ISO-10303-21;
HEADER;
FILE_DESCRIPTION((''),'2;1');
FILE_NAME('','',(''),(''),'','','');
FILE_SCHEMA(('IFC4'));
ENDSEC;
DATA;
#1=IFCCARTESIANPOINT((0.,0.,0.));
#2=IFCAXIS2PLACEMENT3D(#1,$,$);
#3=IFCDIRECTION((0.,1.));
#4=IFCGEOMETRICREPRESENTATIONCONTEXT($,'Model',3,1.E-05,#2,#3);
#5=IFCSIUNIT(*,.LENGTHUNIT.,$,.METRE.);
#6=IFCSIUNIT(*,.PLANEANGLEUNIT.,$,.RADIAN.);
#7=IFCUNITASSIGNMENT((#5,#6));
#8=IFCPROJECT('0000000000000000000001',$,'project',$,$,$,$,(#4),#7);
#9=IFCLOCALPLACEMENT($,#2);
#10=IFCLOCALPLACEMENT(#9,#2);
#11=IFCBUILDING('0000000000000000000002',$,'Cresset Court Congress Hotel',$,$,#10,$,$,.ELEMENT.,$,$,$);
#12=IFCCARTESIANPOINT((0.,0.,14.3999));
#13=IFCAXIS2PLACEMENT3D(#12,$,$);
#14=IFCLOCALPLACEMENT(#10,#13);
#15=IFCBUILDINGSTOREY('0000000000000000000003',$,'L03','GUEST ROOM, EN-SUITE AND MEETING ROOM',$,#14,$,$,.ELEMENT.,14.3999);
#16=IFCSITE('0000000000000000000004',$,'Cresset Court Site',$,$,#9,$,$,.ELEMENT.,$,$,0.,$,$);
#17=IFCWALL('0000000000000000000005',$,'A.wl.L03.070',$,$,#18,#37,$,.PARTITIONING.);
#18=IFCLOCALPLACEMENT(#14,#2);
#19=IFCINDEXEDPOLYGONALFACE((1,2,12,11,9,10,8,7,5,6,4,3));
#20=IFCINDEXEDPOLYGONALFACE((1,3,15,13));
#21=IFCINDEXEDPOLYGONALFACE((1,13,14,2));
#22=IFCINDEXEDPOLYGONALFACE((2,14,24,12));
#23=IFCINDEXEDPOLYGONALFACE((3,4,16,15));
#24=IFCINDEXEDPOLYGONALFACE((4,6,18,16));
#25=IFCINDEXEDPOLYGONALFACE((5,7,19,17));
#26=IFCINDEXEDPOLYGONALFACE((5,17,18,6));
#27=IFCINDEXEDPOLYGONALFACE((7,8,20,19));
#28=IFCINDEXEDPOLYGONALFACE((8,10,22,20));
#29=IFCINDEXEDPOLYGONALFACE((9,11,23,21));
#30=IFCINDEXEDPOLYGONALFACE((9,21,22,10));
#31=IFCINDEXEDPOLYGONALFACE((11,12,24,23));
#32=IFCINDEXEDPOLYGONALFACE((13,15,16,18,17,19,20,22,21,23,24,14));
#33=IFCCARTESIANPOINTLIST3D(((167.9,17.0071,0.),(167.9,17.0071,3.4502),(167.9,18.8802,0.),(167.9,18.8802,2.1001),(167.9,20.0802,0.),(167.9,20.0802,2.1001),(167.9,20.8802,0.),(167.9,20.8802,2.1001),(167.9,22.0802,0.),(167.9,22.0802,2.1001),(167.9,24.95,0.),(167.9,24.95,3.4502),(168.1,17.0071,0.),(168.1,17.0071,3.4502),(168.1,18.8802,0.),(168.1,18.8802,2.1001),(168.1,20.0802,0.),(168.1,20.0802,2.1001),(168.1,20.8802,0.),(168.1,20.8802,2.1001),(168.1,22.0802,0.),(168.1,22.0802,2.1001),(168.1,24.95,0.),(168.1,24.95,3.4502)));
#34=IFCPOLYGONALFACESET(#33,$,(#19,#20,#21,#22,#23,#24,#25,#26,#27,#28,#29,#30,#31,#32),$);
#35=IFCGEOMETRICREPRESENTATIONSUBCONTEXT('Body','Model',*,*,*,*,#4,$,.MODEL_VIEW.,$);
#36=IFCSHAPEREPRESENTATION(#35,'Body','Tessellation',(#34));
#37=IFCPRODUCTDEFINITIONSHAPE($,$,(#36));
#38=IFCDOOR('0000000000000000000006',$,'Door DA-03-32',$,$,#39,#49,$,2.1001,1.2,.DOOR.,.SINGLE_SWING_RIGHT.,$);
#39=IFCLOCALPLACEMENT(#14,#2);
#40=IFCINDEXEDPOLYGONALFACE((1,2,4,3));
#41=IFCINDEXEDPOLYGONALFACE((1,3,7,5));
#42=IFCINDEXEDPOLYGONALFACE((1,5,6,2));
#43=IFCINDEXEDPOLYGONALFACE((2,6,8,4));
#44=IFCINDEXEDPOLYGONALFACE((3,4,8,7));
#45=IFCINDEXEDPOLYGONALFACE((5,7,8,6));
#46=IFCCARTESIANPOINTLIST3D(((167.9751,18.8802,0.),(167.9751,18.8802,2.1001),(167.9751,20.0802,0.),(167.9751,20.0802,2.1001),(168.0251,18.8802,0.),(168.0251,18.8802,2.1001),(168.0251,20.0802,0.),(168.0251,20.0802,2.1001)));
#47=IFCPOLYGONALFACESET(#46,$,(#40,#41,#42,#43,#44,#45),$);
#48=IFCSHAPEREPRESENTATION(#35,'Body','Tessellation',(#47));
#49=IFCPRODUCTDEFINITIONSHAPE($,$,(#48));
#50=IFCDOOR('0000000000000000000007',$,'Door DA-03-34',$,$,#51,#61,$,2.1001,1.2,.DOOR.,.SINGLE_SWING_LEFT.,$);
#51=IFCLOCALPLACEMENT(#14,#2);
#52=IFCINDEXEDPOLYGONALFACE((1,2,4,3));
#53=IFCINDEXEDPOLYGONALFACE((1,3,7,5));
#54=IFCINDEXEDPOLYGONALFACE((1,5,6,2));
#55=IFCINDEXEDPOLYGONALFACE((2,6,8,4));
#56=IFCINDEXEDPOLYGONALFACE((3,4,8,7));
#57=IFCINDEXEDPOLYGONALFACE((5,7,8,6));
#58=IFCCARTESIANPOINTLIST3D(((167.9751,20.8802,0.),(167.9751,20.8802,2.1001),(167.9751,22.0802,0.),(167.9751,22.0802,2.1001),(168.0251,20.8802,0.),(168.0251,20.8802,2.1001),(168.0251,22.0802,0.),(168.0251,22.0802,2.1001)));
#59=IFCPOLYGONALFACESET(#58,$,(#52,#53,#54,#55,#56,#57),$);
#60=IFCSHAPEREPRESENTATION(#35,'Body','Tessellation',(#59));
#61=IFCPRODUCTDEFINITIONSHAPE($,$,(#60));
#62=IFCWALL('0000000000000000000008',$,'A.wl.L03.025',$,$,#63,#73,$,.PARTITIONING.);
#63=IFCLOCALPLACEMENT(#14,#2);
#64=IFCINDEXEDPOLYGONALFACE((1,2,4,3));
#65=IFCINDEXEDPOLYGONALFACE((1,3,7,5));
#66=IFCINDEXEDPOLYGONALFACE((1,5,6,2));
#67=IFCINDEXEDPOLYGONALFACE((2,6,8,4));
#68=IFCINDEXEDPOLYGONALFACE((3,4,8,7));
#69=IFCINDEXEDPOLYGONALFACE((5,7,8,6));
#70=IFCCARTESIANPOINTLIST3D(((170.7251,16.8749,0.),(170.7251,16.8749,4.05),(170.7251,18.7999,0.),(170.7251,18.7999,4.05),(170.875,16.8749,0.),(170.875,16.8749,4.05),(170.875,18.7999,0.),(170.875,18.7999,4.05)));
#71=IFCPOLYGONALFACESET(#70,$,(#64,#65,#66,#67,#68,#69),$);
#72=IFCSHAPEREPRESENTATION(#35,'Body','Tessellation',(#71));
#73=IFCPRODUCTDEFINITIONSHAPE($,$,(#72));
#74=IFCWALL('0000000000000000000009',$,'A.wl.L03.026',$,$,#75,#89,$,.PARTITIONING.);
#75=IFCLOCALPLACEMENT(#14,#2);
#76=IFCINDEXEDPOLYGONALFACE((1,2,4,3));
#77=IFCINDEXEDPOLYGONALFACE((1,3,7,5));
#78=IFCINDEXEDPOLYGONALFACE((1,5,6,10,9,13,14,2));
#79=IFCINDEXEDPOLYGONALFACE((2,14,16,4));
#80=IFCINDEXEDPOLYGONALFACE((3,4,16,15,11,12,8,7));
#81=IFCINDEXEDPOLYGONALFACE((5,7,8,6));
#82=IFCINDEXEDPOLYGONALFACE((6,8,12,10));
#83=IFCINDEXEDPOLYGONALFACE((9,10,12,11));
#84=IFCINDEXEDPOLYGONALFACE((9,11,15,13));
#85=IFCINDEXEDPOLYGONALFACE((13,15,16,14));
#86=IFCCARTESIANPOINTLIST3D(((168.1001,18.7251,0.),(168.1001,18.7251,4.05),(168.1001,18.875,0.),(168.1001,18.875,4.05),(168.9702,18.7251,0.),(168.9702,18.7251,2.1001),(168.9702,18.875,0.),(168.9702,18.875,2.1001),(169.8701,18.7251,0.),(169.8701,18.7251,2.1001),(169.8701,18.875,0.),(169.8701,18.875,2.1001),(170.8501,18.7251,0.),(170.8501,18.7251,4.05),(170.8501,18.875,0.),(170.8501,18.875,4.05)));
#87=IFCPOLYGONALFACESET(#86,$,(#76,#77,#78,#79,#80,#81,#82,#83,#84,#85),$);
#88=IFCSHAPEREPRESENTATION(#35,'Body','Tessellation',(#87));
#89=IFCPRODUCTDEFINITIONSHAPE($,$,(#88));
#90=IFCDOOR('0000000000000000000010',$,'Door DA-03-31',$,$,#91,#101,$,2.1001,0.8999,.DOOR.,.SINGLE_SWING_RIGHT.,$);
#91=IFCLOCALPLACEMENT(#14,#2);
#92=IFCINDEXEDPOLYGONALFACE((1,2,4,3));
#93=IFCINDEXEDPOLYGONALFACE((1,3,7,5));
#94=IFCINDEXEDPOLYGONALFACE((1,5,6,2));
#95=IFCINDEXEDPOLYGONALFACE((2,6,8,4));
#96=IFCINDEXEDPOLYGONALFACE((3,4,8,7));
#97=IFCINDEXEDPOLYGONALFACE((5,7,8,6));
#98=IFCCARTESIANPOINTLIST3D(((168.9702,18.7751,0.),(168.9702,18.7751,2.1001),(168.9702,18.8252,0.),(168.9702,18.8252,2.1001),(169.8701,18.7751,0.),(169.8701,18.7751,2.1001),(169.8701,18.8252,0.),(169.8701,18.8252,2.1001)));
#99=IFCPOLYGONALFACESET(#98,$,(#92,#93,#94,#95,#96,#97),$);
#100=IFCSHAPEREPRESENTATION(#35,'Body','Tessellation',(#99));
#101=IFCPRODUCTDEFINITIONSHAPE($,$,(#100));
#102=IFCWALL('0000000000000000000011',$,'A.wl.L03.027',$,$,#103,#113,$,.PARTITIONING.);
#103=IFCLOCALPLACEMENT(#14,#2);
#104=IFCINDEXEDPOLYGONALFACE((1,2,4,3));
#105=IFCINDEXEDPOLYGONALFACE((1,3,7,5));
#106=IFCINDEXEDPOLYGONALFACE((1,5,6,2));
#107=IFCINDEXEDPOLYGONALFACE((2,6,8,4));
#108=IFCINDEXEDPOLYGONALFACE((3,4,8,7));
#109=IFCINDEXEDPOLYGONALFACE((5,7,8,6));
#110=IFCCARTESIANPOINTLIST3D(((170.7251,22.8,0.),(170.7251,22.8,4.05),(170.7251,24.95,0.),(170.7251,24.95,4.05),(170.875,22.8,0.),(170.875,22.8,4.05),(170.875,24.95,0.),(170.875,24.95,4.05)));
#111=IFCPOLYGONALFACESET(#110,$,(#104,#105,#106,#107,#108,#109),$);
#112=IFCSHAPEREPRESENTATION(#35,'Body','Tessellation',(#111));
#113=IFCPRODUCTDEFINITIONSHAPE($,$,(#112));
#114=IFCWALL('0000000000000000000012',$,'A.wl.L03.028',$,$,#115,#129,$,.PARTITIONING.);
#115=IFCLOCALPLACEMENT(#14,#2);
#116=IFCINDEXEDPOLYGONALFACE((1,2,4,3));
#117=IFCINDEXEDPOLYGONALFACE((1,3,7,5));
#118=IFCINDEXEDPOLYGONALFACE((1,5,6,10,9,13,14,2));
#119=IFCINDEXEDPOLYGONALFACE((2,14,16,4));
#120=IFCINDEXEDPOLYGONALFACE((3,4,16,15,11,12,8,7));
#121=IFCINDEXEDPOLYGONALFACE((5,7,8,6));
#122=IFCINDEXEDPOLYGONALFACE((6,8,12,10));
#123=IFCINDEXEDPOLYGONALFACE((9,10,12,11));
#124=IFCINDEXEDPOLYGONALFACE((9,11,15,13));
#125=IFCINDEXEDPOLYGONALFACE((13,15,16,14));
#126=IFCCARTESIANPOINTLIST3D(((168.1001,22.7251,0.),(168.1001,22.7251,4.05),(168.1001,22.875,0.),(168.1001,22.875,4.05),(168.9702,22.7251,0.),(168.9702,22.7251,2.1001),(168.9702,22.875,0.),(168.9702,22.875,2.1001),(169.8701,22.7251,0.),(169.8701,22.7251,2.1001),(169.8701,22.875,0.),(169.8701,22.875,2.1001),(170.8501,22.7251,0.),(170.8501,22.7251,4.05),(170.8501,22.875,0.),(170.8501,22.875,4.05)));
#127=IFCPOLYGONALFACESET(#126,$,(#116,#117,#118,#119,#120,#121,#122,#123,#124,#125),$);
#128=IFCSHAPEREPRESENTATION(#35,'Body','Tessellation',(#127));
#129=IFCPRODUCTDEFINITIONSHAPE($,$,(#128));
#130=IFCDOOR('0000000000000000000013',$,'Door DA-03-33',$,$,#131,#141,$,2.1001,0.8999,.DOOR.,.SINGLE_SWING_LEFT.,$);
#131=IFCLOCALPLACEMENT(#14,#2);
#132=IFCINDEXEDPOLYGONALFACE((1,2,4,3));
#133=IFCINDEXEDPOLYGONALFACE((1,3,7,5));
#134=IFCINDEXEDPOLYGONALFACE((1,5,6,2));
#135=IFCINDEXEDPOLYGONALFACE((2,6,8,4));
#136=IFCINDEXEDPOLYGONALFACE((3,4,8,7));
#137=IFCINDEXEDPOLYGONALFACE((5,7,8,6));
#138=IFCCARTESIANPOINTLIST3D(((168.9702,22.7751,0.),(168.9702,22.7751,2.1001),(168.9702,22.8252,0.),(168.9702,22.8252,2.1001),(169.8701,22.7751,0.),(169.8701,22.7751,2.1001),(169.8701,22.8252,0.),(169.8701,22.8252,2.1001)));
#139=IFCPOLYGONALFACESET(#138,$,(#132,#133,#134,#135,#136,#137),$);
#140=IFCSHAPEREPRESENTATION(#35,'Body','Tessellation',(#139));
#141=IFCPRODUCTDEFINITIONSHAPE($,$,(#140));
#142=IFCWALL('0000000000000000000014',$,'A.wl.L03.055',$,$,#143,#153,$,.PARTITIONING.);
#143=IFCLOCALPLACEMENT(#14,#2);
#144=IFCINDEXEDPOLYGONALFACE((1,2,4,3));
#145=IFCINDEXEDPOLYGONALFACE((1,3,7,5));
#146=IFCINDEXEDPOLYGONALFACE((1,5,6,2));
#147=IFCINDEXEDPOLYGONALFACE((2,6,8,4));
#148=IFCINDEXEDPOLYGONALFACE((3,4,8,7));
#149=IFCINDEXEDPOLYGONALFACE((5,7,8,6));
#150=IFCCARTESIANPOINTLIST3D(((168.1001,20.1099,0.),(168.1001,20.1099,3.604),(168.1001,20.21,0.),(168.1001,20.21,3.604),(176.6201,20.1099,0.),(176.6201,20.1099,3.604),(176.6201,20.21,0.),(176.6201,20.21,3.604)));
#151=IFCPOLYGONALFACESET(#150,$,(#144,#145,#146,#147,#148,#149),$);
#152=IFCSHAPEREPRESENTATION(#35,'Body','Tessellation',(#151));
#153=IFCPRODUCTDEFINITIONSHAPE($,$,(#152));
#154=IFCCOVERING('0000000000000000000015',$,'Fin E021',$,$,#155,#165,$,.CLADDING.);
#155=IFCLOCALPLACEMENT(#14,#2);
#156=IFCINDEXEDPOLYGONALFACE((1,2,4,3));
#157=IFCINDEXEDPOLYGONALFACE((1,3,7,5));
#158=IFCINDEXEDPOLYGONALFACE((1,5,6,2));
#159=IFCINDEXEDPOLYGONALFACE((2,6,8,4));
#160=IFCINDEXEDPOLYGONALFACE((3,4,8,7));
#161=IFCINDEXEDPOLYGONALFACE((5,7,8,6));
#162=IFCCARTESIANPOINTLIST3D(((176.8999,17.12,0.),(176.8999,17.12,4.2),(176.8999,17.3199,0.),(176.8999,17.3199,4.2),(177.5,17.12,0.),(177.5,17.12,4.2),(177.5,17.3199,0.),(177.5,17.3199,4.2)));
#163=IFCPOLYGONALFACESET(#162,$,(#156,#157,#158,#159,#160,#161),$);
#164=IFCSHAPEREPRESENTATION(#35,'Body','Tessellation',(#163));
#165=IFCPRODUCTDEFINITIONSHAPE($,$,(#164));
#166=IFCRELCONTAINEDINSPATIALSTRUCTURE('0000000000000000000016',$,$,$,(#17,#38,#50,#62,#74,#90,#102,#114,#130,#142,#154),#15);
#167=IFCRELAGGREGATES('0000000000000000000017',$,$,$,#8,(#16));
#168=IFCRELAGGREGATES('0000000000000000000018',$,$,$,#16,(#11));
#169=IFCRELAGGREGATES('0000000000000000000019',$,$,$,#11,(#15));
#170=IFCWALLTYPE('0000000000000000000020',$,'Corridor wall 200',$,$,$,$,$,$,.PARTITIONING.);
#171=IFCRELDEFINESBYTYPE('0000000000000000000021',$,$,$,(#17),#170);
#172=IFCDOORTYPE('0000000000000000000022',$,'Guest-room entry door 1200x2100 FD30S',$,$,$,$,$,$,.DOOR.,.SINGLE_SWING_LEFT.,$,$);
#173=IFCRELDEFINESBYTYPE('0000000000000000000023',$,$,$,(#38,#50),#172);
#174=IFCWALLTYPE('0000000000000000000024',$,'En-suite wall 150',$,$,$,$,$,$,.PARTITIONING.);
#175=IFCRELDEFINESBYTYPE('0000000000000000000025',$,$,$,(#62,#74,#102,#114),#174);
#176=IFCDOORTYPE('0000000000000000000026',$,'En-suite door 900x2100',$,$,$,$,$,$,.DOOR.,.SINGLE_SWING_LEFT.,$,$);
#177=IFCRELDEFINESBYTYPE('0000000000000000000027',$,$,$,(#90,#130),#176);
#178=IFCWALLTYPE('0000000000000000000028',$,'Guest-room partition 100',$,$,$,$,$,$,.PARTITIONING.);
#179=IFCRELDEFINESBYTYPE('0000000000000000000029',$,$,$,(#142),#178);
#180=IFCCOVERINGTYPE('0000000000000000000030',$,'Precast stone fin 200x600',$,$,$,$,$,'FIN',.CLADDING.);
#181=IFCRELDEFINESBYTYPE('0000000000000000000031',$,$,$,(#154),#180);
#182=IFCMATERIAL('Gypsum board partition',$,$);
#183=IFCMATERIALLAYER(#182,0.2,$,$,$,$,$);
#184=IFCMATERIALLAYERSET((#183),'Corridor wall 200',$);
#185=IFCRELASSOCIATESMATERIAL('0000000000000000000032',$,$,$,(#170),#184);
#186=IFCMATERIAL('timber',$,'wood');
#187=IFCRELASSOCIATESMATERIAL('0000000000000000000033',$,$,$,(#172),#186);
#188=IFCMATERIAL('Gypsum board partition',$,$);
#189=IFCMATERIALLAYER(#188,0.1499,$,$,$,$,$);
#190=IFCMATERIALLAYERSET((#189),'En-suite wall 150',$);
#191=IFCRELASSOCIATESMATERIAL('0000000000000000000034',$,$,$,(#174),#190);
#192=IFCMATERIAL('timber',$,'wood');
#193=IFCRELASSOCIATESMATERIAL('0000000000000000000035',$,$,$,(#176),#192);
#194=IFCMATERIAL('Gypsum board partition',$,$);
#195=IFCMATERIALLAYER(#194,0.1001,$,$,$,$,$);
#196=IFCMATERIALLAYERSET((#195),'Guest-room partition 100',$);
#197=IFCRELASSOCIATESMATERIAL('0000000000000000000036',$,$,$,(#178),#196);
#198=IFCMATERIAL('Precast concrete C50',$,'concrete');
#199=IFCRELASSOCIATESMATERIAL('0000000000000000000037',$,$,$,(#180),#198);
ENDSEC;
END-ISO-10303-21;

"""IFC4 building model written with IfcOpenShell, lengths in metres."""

from ifc_helpers import new_model, si_unit, direction, frame, frame_2d, origin, origin_2d, place, context, subcontext, project, spatial, rectangle, extrude, material, layer, layer_set, type_object, element, fill, save


model = new_model("IFC4")

# Units and contexts
model_context = context("Model", 3, precision=1e-05, world=origin(), true_north=direction((0.0, 1.0)))
body_context = subcontext(model_context, "Body", "Model", "MODEL_VIEW")
ifc_project = project(units=[si_unit("LENGTHUNIT", "METRE"), si_unit("PLANEANGLEUNIT", "RADIAN")], contexts=[model_context])

# Site, building, storey
site_placement = place(None, origin())
site = spatial("IfcSite", under=ifc_project, at=site_placement, Name="Cresset Court Site", CompositionType="ELEMENT", RefElevation=0.0)
building_placement = place(site_placement, origin())
building = spatial("IfcBuilding", under=site, at=building_placement, Name="Cresset Court Congress Hotel", CompositionType="ELEMENT")
storey_placement = place(building_placement, frame((0.0, 0.0, 14.3999)))
storey = spatial("IfcBuildingStorey", under=building, at=storey_placement, Name="L03", Description="GUEST ROOM, EN-SUITE AND MEETING ROOM", CompositionType="ELEMENT", Elevation=14.3999)

# Wall, openings, doors
ifc_material_1 = material(Name="Gypsum board partition")
ifc_layer_1 = layer(ifc_material_1, 0.2)
ifc_layer_set_1 = layer_set([ifc_layer_1], Name="Corridor wall 200")
wall_type_1 = type_object("IfcWallType", Name="Corridor wall 200", PredefinedType="PARTITIONING", material=ifc_layer_set_1)
wall_1_placement = place(storey_placement, frame((168.0, 17.0071, 0.0), z_axis=(0.0, 0.0, 1.0), x_axis=(0.0, 1.0, 0.0)))
wall_1 = element("IfcWall", 1, at=wall_1_placement, inside=storey, type_object=wall_type_1, Name="A.wl.L03.070", PredefinedType="PARTITIONING", context=body_context, shape_type="SweptSolid", body=[
    extrude(rectangle(XDim=7.9429, YDim=0.2, at=frame_2d((3.9714, 0.0))), origin(), (0.0, 0.0, 1.0), 3.4502),
])
opening_1_placement = place(wall_1_placement, frame((1.873, 0.0, 0.0)))
opening_1 = element("IfcOpeningElement", 2, at=opening_1_placement, cuts=wall_1, PredefinedType="OPENING", context=body_context, shape_type="SweptSolid", body=[
    extrude(rectangle(XDim=1.2, YDim=2.1001, at=frame_2d((0.6001, 1.05))), frame((0.0, 0.1099, 0.0), z_axis=(0.0, -1.0, 0.0), x_axis=(1.0, 0.0, 0.0)), (0.0, 0.0, 1.0), 0.22),
])
opening_2_placement = place(wall_1_placement, frame((3.873, 0.0, 0.0)))
opening_2 = element("IfcOpeningElement", 3, at=opening_2_placement, cuts=wall_1, PredefinedType="OPENING", context=body_context, shape_type="SweptSolid", body=[
    extrude(rectangle(XDim=1.2, YDim=2.1001, at=frame_2d((0.6001, 1.05))), frame((0.0, 0.1099, 0.0), z_axis=(0.0, -1.0, 0.0), x_axis=(1.0, 0.0, 0.0)), (0.0, 0.0, 1.0), 0.22),
])
ifc_material_2 = material(Name="timber", Category="wood")
door_type_1 = type_object("IfcDoorType", Name="Guest-room entry door 1200x2100 FD30S", OperationType="SINGLE_SWING_LEFT", PredefinedType="DOOR", material=ifc_material_2)
door_1_placement = place(opening_1_placement, origin())
door_1 = element("IfcDoor", 4, at=door_1_placement, inside=storey, type_object=door_type_1, Name="Door DA-03-32", OperationType="SINGLE_SWING_RIGHT", OverallHeight=2.1001, OverallWidth=1.2, PredefinedType="DOOR", context=body_context, shape_type="SweptSolid", body=[
    extrude(rectangle(XDim=1.2, YDim=2.1001, at=frame_2d((0.6001, 1.05))), frame((0.0, 0.0249, 0.0), z_axis=(0.0, -1.0, 0.0), x_axis=(1.0, 0.0, 0.0)), (0.0, 0.0, 1.0), 0.05),
])
fill(opening_1, door_1)
door_2_placement = place(opening_2_placement, origin())
door_2 = element("IfcDoor", 5, at=door_2_placement, inside=storey, type_object=door_type_1, Name="Door DA-03-34", OperationType="SINGLE_SWING_LEFT", OverallHeight=2.1001, OverallWidth=1.2, PredefinedType="DOOR", context=body_context, shape_type="SweptSolid", body=[
    extrude(rectangle(XDim=1.2, YDim=2.1001, at=frame_2d((0.6001, 1.05))), frame((0.0, 0.0249, 0.0), z_axis=(0.0, -1.0, 0.0), x_axis=(1.0, 0.0, 0.0)), (0.0, 0.0, 1.0), 0.05),
])
fill(opening_2, door_2)

# Wall
ifc_material_3 = material(Name="Gypsum board partition")
ifc_layer_2 = layer(ifc_material_3, 0.1499)
ifc_layer_set_2 = layer_set([ifc_layer_2], Name="En-suite wall 150")
wall_type_2 = type_object("IfcWallType", Name="En-suite wall 150", PredefinedType="PARTITIONING", material=ifc_layer_set_2)
wall_2_placement = place(storey_placement, frame((170.8, 16.875, 0.0), z_axis=(0.0, 0.0, 1.0), x_axis=(0.0, 1.0, 0.0)))
element("IfcWall", 6, at=wall_2_placement, inside=storey, type_object=wall_type_2, Name="A.wl.L03.025", PredefinedType="PARTITIONING", context=body_context, shape_type="SweptSolid", body=[
    extrude(rectangle(XDim=1.925, YDim=0.1499, at=frame_2d((0.9624, 0.0))), origin(), (0.0, 0.0, 1.0), 4.05),
])

# Wall, opening, door
wall_3_placement = place(storey_placement, frame((170.8501, 18.8, 0.0), z_axis=(0.0, 0.0, 1.0), x_axis=(-1.0, 0.0, 0.0)))
wall_3 = element("IfcWall", 7, at=wall_3_placement, inside=storey, type_object=wall_type_2, Name="A.wl.L03.026", PredefinedType="PARTITIONING", context=body_context, shape_type="SweptSolid", body=[
    extrude(rectangle(XDim=2.75, YDim=0.1499, at=frame_2d((1.375, 0.0))), origin(), (0.0, 0.0, 1.0), 4.05),
])
opening_3_placement = place(wall_3_placement, frame((0.98, 0.0, 0.0)))
opening_3 = element("IfcOpeningElement", 8, at=opening_3_placement, cuts=wall_3, PredefinedType="OPENING", context=body_context, shape_type="SweptSolid", body=[
    extrude(rectangle(XDim=0.8999, YDim=2.1001, at=frame_2d((0.45, 1.05))), frame((0.0, 0.085, 0.0), z_axis=(0.0, -1.0, 0.0), x_axis=(1.0, 0.0, 0.0)), (0.0, 0.0, 1.0), 0.1699),
])
ifc_material_4 = material(Name="timber", Category="wood")
door_type_2 = type_object("IfcDoorType", Name="En-suite door 900x2100", OperationType="SINGLE_SWING_LEFT", PredefinedType="DOOR", material=ifc_material_4)
door_3_placement = place(opening_3_placement, origin())
door_3 = element("IfcDoor", 9, at=door_3_placement, inside=storey, type_object=door_type_2, Name="Door DA-03-31", OperationType="SINGLE_SWING_RIGHT", OverallHeight=2.1001, OverallWidth=0.8999, PredefinedType="DOOR", context=body_context, shape_type="SweptSolid", body=[
    extrude(rectangle(XDim=0.8999, YDim=2.1001, at=frame_2d((0.45, 1.05))), frame((0.0, 0.0249, 0.0), z_axis=(0.0, -1.0, 0.0), x_axis=(1.0, 0.0, 0.0)), (0.0, 0.0, 1.0), 0.05),
])
fill(opening_3, door_3)

# Wall
wall_4_placement = place(storey_placement, frame((170.8, 22.8, 0.0), z_axis=(0.0, 0.0, 1.0), x_axis=(0.0, 1.0, 0.0)))
element("IfcWall", 10, at=wall_4_placement, inside=storey, type_object=wall_type_2, Name="A.wl.L03.027", PredefinedType="PARTITIONING", context=body_context, shape_type="SweptSolid", body=[
    extrude(rectangle(XDim=2.1499, YDim=0.1499, at=frame_2d((1.075, 0.0))), origin(), (0.0, 0.0, 1.0), 4.05),
])

# Wall, opening, door
wall_5_placement = place(storey_placement, frame((170.8501, 22.8, 0.0), z_axis=(0.0, 0.0, 1.0), x_axis=(-1.0, 0.0, 0.0)))
wall_5 = element("IfcWall", 11, at=wall_5_placement, inside=storey, type_object=wall_type_2, Name="A.wl.L03.028", PredefinedType="PARTITIONING", context=body_context, shape_type="SweptSolid", body=[
    extrude(rectangle(XDim=2.75, YDim=0.1499, at=frame_2d((1.375, 0.0))), origin(), (0.0, 0.0, 1.0), 4.05),
])
opening_4_placement = place(wall_5_placement, frame((0.98, 0.0, 0.0)))
opening_4 = element("IfcOpeningElement", 12, at=opening_4_placement, cuts=wall_5, PredefinedType="OPENING", context=body_context, shape_type="SweptSolid", body=[
    extrude(rectangle(XDim=0.8999, YDim=2.1001, at=frame_2d((0.45, 1.05))), frame((0.0, 0.085, 0.0), z_axis=(0.0, -1.0, 0.0), x_axis=(1.0, 0.0, 0.0)), (0.0, 0.0, 1.0), 0.1699),
])
door_4_placement = place(opening_4_placement, origin())
door_4 = element("IfcDoor", 13, at=door_4_placement, inside=storey, type_object=door_type_2, Name="Door DA-03-33", OperationType="SINGLE_SWING_LEFT", OverallHeight=2.1001, OverallWidth=0.8999, PredefinedType="DOOR", context=body_context, shape_type="SweptSolid", body=[
    extrude(rectangle(XDim=0.8999, YDim=2.1001, at=frame_2d((0.45, 1.05))), frame((0.0, 0.0249, 0.0), z_axis=(0.0, -1.0, 0.0), x_axis=(1.0, 0.0, 0.0)), (0.0, 0.0, 1.0), 0.05),
])
fill(opening_4, door_4)

# Wall
ifc_material_5 = material(Name="Gypsum board partition")
ifc_layer_3 = layer(ifc_material_5, 0.1001)
ifc_layer_set_3 = layer_set([ifc_layer_3], Name="Guest-room partition 100")
wall_type_3 = type_object("IfcWallType", Name="Guest-room partition 100", PredefinedType="PARTITIONING", material=ifc_layer_set_3)
wall_6_placement = place(storey_placement, frame((168.1001, 20.1599, 0.0), z_axis=(0.0, 0.0, 1.0), x_axis=(1.0, 0.0, 0.0)))
element("IfcWall", 14, at=wall_6_placement, inside=storey, type_object=wall_type_3, Name="A.wl.L03.055", PredefinedType="PARTITIONING", context=body_context, shape_type="SweptSolid", body=[
    extrude(rectangle(XDim=8.52, YDim=0.1001, at=frame_2d((4.26, 0.0))), origin(), (0.0, 0.0, 1.0), 3.604),
])

# Covering
ifc_material_6 = material(Name="Precast concrete C50", Category="concrete")
covering_type = type_object("IfcCoveringType", Name="Precast stone fin 200x600", ElementType="FIN", PredefinedType="CLADDING", material=ifc_material_6)
for number, where, z_axis, x_axis, name in (
    (15, (177.2, 17.22, 0.0), (0.0, 0.0, 1.0), (1.0, 0.0, 0.0), "Fin E021"),
):
    element("IfcCovering", number, at=place(storey_placement, frame(where, z_axis=z_axis, x_axis=x_axis)), inside=storey, type_object=covering_type, Name=name, PredefinedType="CLADDING", context=body_context, shape_type="SweptSolid", body=[
        extrude(rectangle(XDim=0.6001, YDim=0.2, at=origin_2d()), origin(), (0.0, 0.0, 1.0), 4.2),
    ])

save(model, "model.ifc")
